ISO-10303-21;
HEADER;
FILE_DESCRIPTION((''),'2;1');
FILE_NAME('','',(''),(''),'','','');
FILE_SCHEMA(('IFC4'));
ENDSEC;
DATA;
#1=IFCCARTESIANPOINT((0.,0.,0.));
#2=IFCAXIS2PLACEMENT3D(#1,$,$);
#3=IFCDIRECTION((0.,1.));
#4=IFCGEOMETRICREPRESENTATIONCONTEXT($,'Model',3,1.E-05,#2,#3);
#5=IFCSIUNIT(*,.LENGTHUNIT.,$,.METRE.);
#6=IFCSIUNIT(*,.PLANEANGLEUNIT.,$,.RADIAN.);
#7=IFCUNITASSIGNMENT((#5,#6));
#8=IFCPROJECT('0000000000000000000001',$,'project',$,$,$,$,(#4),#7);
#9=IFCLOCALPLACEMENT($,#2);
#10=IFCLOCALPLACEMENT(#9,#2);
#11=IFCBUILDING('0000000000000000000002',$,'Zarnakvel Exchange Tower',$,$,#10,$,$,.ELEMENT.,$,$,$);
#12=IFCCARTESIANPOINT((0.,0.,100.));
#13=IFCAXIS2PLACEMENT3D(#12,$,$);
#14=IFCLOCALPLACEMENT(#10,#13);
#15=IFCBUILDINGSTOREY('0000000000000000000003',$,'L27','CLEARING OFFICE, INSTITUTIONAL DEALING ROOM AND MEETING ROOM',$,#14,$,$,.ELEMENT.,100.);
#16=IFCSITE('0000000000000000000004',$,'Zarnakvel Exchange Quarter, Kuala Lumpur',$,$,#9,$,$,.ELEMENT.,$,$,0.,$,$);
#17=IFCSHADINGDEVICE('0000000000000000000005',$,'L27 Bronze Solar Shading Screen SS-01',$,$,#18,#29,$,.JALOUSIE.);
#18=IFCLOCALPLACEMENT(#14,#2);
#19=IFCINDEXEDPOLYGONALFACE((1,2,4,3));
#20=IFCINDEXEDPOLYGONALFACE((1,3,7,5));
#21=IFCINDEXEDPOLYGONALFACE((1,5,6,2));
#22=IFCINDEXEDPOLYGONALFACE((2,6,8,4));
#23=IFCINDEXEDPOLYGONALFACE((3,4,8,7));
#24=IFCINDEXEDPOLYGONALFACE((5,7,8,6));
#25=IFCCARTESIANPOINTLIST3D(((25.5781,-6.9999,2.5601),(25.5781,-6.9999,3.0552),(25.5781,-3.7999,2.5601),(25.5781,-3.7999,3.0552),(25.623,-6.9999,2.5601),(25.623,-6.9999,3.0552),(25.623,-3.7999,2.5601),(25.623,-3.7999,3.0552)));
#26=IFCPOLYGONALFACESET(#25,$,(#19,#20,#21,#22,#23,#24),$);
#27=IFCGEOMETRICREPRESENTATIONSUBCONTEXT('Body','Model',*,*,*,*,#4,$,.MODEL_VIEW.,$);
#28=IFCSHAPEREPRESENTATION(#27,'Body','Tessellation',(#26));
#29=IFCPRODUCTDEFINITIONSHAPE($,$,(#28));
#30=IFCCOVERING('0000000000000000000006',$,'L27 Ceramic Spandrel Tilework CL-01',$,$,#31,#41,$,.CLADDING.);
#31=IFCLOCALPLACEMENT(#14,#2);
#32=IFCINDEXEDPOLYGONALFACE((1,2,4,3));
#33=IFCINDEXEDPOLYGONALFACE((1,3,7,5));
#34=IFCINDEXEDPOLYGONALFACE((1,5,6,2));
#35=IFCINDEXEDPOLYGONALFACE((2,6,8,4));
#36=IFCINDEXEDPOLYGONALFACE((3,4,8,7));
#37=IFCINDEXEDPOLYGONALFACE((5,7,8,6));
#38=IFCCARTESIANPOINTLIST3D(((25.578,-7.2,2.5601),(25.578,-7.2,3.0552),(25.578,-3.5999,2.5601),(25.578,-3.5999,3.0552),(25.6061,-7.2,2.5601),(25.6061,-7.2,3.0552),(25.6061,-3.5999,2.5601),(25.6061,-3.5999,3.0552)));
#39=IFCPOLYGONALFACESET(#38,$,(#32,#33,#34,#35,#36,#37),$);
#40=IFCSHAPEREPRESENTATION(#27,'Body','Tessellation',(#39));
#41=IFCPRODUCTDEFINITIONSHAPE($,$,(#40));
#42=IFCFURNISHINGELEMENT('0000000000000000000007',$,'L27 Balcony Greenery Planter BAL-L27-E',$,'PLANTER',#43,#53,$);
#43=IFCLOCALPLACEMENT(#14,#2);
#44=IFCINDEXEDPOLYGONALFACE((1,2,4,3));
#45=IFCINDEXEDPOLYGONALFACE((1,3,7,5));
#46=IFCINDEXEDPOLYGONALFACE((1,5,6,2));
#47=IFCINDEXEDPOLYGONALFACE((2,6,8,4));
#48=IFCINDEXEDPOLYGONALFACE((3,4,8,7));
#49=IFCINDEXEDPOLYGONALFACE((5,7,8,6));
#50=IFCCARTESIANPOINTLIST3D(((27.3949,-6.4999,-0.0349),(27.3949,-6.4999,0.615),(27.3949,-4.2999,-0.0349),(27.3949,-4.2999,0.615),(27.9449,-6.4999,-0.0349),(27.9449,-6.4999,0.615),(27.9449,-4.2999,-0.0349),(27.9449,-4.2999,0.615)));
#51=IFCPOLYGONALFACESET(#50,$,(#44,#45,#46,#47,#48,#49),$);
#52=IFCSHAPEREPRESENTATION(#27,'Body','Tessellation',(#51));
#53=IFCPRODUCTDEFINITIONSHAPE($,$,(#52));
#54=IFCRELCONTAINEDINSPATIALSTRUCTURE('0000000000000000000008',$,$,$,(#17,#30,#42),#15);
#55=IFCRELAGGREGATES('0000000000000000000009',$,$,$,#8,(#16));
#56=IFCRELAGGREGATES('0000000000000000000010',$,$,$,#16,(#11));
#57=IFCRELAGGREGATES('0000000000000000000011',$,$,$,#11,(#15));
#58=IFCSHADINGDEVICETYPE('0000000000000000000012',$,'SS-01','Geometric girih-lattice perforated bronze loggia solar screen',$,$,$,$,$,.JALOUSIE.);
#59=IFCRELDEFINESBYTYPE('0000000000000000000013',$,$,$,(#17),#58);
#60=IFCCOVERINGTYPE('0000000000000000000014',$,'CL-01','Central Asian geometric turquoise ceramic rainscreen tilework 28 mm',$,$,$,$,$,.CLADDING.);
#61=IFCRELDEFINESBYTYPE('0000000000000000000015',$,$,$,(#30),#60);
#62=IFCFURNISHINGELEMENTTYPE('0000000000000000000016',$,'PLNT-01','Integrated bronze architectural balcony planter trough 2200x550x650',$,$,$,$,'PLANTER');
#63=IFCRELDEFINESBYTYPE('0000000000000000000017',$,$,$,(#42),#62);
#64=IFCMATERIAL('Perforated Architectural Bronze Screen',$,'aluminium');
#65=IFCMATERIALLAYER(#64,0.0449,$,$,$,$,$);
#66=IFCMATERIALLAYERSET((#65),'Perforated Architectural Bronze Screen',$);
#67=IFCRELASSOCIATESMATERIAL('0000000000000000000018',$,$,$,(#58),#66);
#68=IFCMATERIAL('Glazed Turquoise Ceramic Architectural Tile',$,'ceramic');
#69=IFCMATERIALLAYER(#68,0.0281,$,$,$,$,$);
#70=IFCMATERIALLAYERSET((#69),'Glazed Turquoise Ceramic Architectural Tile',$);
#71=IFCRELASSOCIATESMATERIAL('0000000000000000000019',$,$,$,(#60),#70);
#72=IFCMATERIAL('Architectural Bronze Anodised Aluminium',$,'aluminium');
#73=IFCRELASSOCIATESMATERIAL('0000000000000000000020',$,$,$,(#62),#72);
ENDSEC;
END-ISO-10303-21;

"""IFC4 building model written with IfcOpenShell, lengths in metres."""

from ifc_helpers import new_model, si_unit, direction, frame, origin, origin_2d, place, context, subcontext, project, spatial, rectangle, extrude, source, transform, mapped, material, layer, layer_set, type_object, element, save


model = new_model("IFC4")

# Units and contexts
model_context = context("Model", 3, precision=1e-05, world=origin(), true_north=direction((0.0, 1.0)))
body_context = subcontext(model_context, "Body", "Model", "MODEL_VIEW")
ifc_project = project(units=[si_unit("LENGTHUNIT", "METRE"), si_unit("PLANEANGLEUNIT", "RADIAN")], contexts=[model_context])

# Site, building, storey
site_placement = place(None, origin())
site = spatial("IfcSite", under=ifc_project, at=site_placement, Name="Zarnakvel Exchange Quarter, Kuala Lumpur", CompositionType="ELEMENT", RefElevation=0.0)
building_placement = place(site_placement, origin())
building = spatial("IfcBuilding", under=site, at=building_placement, Name="Zarnakvel Exchange Tower", CompositionType="ELEMENT")
storey_placement = place(building_placement, frame((0.0, 0.0, 100.0)))
storey = spatial("IfcBuildingStorey", under=building, at=storey_placement, Name="L27", Description="CLEARING OFFICE, INSTITUTIONAL DEALING ROOM AND MEETING ROOM", CompositionType="ELEMENT", Elevation=100.0)

# Shared definitions
ifc_material_1 = material(Name="Architectural Bronze Anodised Aluminium", Category="aluminium")

# Shading device
ifc_material_2 = material(Name="Perforated Architectural Bronze Screen", Category="aluminium")
ifc_layer_1 = layer(ifc_material_2, 0.0449)
ifc_layer_set_1 = layer_set([ifc_layer_1], Name="Perforated Architectural Bronze Screen")
shading_device_type = type_object("IfcShadingDeviceType", Name="SS-01", Description="Geometric girih-lattice perforated bronze loggia solar screen", PredefinedType="JALOUSIE", material=ifc_layer_set_1)
shared_shape_1 = source(origin(), body_context, "Body", "SweptSolid", [
    extrude(rectangle(XDim=3.2, YDim=0.0449, at=origin_2d()), origin(), (0.0, 0.0, 1.0), 0.4951),
])
shading_device_placement = place(storey_placement, frame((25.6006, -5.3999, 2.5601), z_axis=(0.0, 0.0, 1.0), x_axis=(0.0, -1.0, 0.0)))
element("IfcShadingDevice", 1, at=shading_device_placement, inside=storey, type_object=shading_device_type, Name="L27 Bronze Solar Shading Screen SS-01", PredefinedType="JALOUSIE", context=body_context, shape_type="MappedRepresentation", body=[
    mapped(shared_shape_1, transform((0.0, 0.0, 0.0), x_axis=(1.0, 0.0, 0.0), y_axis=(0.0, 1.0, 0.0), z_axis=(0.0, 0.0, 1.0), scale=1.0)),
])

# Covering
ifc_material_3 = material(Name="Glazed Turquoise Ceramic Architectural Tile", Category="ceramic")
ifc_layer_2 = layer(ifc_material_3, 0.0281)
ifc_layer_set_2 = layer_set([ifc_layer_2], Name="Glazed Turquoise Ceramic Architectural Tile")
covering_type = type_object("IfcCoveringType", Name="CL-01", Description="Central Asian geometric turquoise ceramic rainscreen tilework 28 mm", PredefinedType="CLADDING", material=ifc_layer_set_2)
shared_shape_2 = source(origin(), body_context, "Body", "SweptSolid", [
    extrude(rectangle(XDim=3.6001, YDim=0.0281, at=origin_2d()), origin(), (0.0, 0.0, 1.0), 0.4951),
])
covering_placement = place(storey_placement, frame((25.592, -5.3999, 2.5601), z_axis=(0.0, 0.0, 1.0), x_axis=(0.0, -1.0, 0.0)))
element("IfcCovering", 2, at=covering_placement, inside=storey, type_object=covering_type, Name="L27 Ceramic Spandrel Tilework CL-01", PredefinedType="CLADDING", context=body_context, shape_type="MappedRepresentation", body=[
    mapped(shared_shape_2, transform((0.0, 0.0, 0.0), x_axis=(1.0, 0.0, 0.0), y_axis=(0.0, 1.0, 0.0), z_axis=(0.0, 0.0, 1.0), scale=1.0)),
])

# Furnishing element
furnishing_element_type = type_object("IfcFurnishingElementType", Name="PLNT-01", Description="Integrated bronze architectural balcony planter trough 2200x550x650", ElementType="PLANTER", material=ifc_material_1)
shared_shape_3 = source(origin(), body_context, "Body", "SweptSolid", [
    extrude(rectangle(XDim=2.2, YDim=0.55, at=origin_2d()), origin(), (0.0, 0.0, 1.0), 0.6499),
])
furnishing_placement = place(storey_placement, frame((27.6699, -5.3999, -0.0349), z_axis=(0.0, 0.0, 1.0), x_axis=(0.0, 1.0, 0.0)))
element("IfcFurnishingElement", 3, at=furnishing_placement, inside=storey, type_object=furnishing_element_type, Name="L27 Balcony Greenery Planter BAL-L27-E", ObjectType="PLANTER", context=body_context, shape_type="MappedRepresentation", body=[
    mapped(shared_shape_3, transform((0.0, 0.0, 0.0), x_axis=(1.0, 0.0, 0.0), y_axis=(0.0, 1.0, 0.0), z_axis=(0.0, 0.0, 1.0), scale=1.0)),
])

save(model, "model.ifc")
